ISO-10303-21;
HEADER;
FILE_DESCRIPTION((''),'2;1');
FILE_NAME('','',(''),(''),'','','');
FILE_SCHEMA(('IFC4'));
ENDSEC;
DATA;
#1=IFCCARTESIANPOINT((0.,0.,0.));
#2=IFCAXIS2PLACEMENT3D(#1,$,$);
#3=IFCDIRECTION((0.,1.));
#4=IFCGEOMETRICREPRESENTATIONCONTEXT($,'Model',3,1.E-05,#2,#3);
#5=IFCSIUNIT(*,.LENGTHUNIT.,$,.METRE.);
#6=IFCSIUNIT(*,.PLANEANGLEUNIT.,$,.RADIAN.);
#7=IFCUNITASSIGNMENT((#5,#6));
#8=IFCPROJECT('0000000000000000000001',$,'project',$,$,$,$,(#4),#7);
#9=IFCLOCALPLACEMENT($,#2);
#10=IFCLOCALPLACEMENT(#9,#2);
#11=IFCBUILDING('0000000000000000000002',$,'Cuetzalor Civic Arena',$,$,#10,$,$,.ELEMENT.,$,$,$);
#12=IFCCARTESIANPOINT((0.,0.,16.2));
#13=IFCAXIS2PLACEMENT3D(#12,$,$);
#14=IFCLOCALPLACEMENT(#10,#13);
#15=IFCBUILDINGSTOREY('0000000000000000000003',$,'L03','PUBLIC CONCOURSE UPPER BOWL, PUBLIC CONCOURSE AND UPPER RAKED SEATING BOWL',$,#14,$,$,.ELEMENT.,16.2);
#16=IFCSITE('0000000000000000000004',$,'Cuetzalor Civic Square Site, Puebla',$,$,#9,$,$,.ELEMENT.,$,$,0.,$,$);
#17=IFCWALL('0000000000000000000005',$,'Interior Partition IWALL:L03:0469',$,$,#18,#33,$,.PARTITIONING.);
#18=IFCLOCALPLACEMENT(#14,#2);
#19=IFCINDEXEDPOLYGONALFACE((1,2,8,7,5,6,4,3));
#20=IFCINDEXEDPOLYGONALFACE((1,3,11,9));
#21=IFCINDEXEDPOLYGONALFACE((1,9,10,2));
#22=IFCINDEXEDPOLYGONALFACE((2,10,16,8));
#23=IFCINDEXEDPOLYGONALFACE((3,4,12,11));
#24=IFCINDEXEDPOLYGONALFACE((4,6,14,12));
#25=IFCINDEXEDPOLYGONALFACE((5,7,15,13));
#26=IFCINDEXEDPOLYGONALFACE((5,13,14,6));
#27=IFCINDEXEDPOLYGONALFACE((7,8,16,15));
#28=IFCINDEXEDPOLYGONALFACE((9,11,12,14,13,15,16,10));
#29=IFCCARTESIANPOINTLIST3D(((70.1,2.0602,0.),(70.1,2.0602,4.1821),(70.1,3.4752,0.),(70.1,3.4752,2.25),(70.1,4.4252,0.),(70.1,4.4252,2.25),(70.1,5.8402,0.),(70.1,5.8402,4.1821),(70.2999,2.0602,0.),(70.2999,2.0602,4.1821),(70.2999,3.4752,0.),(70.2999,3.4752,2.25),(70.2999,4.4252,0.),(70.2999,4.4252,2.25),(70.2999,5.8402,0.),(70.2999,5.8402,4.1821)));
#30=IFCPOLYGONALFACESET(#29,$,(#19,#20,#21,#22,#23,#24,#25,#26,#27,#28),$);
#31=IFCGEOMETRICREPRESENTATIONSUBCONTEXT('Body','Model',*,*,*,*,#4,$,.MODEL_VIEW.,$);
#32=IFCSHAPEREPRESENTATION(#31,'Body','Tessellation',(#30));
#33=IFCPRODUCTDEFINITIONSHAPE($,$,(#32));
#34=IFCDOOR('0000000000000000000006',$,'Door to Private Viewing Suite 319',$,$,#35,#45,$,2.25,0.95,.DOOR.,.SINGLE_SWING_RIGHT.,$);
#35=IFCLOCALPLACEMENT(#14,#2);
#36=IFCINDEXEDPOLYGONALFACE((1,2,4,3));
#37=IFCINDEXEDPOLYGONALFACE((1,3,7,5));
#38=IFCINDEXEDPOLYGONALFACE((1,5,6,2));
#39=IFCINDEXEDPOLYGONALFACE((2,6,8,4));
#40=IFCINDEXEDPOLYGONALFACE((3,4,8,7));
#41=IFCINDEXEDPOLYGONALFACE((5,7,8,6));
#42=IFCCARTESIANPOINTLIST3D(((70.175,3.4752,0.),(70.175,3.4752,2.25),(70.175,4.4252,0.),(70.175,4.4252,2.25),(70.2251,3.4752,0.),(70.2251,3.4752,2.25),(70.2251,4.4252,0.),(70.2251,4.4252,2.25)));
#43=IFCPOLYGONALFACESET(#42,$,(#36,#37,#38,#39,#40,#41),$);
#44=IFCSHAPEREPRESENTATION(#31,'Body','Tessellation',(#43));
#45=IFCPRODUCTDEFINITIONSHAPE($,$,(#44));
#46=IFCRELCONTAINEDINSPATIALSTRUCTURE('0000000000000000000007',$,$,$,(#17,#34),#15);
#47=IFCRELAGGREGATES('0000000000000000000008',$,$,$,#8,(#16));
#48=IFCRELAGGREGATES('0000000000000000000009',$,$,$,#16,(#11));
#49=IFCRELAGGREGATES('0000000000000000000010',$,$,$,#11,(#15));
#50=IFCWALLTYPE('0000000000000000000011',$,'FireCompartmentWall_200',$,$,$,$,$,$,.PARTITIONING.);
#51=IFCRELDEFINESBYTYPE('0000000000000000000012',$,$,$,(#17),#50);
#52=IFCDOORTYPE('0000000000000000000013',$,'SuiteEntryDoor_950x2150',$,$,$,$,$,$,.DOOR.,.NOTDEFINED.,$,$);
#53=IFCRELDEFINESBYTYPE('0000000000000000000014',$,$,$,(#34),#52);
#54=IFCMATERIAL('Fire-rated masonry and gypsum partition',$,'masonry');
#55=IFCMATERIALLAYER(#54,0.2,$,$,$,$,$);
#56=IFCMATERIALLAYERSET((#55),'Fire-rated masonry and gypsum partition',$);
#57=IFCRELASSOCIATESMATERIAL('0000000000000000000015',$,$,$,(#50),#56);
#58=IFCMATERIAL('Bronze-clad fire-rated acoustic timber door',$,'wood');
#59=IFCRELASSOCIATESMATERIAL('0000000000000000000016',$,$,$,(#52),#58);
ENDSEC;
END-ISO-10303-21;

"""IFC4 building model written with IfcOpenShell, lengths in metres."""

from ifc_helpers import new_model, si_unit, direction, frame, frame_2d, origin, place, context, subcontext, project, spatial, rectangle, extrude, material, layer, layer_set, type_object, element, fill, save


model = new_model("IFC4")

# Units and contexts
model_context = context("Model", 3, precision=1e-05, world=origin(), true_north=direction((0.0, 1.0)))
body_context = subcontext(model_context, "Body", "Model", "MODEL_VIEW")
ifc_project = project(units=[si_unit("LENGTHUNIT", "METRE"), si_unit("PLANEANGLEUNIT", "RADIAN")], contexts=[model_context])

# Site, building, storey
site_placement = place(None, origin())
site = spatial("IfcSite", under=ifc_project, at=site_placement, Name="Cuetzalor Civic Square Site, Puebla", CompositionType="ELEMENT", RefElevation=0.0)
building_placement = place(site_placement, origin())
building = spatial("IfcBuilding", under=site, at=building_placement, Name="Cuetzalor Civic Arena", CompositionType="ELEMENT")
storey_placement = place(building_placement, frame((0.0, 0.0, 16.2)))
storey = spatial("IfcBuildingStorey", under=building, at=storey_placement, Name="L03", Description="PUBLIC CONCOURSE UPPER BOWL, PUBLIC CONCOURSE AND UPPER RAKED SEATING BOWL", CompositionType="ELEMENT", Elevation=16.2)

# Wall, opening, door
ifc_material_1 = material(Name="Fire-rated masonry and gypsum partition", Category="masonry")
ifc_layer_1 = layer(ifc_material_1, 0.2)
ifc_layer_set_1 = layer_set([ifc_layer_1], Name="Fire-rated masonry and gypsum partition")
wall_type_1 = type_object("IfcWallType", Name="FireCompartmentWall_200", PredefinedType="PARTITIONING", material=ifc_layer_set_1)
ifc_material_2 = material(Name="Bronze-clad fire-rated acoustic timber door", Category="wood")
door_type_1 = type_object("IfcDoorType", Name="SuiteEntryDoor_950x2150", OperationType="NOTDEFINED", PredefinedType="DOOR", material=ifc_material_2)
wall_1_placement = place(storey_placement, frame((70.2, 2.0601, 0.0), z_axis=(0.0, 0.0, 1.0), x_axis=(0.0, 1.0, 0.0)))
wall_1 = element("IfcWall", 1, at=wall_1_placement, inside=storey, type_object=wall_type_1, Name="Interior Partition IWALL:L03:0469", PredefinedType="PARTITIONING", context=body_context, shape_type="SweptSolid", body=[
    extrude(rectangle(XDim=3.78, YDim=0.2, at=frame_2d((1.8901, 0.0))), origin(), (0.0, 0.0, 1.0), 4.1821),
])
opening_1_placement = place(wall_1_placement, frame((1.415, 0.0, 0.0)))
opening_1 = element("IfcOpeningElement", 2, at=opening_1_placement, cuts=wall_1, PredefinedType="OPENING", context=body_context, shape_type="SweptSolid", body=[
    extrude(rectangle(XDim=0.95, YDim=2.25, at=frame_2d((0.4751, 1.125))), frame((0.0, 0.1099, 0.0), z_axis=(0.0, -1.0, 0.0), x_axis=(1.0, 0.0, 0.0)), (0.0, 0.0, 1.0), 0.22),
])
door_1_placement = place(opening_1_placement, origin())
door_1 = element("IfcDoor", 3, at=door_1_placement, inside=storey, type_object=door_type_1, Name="Door to Private Viewing Suite 319", OperationType="SINGLE_SWING_RIGHT", OverallHeight=2.25, OverallWidth=0.95, PredefinedType="DOOR", context=body_context, shape_type="SweptSolid", body=[
    extrude(rectangle(XDim=0.95, YDim=2.25, at=frame_2d((0.4751, 1.125))), frame((0.0, 0.0249, 0.0), z_axis=(0.0, -1.0, 0.0), x_axis=(1.0, 0.0, 0.0)), (0.0, 0.0, 1.0), 0.05),
])
fill(opening_1, door_1)

save(model, "model.ifc")
